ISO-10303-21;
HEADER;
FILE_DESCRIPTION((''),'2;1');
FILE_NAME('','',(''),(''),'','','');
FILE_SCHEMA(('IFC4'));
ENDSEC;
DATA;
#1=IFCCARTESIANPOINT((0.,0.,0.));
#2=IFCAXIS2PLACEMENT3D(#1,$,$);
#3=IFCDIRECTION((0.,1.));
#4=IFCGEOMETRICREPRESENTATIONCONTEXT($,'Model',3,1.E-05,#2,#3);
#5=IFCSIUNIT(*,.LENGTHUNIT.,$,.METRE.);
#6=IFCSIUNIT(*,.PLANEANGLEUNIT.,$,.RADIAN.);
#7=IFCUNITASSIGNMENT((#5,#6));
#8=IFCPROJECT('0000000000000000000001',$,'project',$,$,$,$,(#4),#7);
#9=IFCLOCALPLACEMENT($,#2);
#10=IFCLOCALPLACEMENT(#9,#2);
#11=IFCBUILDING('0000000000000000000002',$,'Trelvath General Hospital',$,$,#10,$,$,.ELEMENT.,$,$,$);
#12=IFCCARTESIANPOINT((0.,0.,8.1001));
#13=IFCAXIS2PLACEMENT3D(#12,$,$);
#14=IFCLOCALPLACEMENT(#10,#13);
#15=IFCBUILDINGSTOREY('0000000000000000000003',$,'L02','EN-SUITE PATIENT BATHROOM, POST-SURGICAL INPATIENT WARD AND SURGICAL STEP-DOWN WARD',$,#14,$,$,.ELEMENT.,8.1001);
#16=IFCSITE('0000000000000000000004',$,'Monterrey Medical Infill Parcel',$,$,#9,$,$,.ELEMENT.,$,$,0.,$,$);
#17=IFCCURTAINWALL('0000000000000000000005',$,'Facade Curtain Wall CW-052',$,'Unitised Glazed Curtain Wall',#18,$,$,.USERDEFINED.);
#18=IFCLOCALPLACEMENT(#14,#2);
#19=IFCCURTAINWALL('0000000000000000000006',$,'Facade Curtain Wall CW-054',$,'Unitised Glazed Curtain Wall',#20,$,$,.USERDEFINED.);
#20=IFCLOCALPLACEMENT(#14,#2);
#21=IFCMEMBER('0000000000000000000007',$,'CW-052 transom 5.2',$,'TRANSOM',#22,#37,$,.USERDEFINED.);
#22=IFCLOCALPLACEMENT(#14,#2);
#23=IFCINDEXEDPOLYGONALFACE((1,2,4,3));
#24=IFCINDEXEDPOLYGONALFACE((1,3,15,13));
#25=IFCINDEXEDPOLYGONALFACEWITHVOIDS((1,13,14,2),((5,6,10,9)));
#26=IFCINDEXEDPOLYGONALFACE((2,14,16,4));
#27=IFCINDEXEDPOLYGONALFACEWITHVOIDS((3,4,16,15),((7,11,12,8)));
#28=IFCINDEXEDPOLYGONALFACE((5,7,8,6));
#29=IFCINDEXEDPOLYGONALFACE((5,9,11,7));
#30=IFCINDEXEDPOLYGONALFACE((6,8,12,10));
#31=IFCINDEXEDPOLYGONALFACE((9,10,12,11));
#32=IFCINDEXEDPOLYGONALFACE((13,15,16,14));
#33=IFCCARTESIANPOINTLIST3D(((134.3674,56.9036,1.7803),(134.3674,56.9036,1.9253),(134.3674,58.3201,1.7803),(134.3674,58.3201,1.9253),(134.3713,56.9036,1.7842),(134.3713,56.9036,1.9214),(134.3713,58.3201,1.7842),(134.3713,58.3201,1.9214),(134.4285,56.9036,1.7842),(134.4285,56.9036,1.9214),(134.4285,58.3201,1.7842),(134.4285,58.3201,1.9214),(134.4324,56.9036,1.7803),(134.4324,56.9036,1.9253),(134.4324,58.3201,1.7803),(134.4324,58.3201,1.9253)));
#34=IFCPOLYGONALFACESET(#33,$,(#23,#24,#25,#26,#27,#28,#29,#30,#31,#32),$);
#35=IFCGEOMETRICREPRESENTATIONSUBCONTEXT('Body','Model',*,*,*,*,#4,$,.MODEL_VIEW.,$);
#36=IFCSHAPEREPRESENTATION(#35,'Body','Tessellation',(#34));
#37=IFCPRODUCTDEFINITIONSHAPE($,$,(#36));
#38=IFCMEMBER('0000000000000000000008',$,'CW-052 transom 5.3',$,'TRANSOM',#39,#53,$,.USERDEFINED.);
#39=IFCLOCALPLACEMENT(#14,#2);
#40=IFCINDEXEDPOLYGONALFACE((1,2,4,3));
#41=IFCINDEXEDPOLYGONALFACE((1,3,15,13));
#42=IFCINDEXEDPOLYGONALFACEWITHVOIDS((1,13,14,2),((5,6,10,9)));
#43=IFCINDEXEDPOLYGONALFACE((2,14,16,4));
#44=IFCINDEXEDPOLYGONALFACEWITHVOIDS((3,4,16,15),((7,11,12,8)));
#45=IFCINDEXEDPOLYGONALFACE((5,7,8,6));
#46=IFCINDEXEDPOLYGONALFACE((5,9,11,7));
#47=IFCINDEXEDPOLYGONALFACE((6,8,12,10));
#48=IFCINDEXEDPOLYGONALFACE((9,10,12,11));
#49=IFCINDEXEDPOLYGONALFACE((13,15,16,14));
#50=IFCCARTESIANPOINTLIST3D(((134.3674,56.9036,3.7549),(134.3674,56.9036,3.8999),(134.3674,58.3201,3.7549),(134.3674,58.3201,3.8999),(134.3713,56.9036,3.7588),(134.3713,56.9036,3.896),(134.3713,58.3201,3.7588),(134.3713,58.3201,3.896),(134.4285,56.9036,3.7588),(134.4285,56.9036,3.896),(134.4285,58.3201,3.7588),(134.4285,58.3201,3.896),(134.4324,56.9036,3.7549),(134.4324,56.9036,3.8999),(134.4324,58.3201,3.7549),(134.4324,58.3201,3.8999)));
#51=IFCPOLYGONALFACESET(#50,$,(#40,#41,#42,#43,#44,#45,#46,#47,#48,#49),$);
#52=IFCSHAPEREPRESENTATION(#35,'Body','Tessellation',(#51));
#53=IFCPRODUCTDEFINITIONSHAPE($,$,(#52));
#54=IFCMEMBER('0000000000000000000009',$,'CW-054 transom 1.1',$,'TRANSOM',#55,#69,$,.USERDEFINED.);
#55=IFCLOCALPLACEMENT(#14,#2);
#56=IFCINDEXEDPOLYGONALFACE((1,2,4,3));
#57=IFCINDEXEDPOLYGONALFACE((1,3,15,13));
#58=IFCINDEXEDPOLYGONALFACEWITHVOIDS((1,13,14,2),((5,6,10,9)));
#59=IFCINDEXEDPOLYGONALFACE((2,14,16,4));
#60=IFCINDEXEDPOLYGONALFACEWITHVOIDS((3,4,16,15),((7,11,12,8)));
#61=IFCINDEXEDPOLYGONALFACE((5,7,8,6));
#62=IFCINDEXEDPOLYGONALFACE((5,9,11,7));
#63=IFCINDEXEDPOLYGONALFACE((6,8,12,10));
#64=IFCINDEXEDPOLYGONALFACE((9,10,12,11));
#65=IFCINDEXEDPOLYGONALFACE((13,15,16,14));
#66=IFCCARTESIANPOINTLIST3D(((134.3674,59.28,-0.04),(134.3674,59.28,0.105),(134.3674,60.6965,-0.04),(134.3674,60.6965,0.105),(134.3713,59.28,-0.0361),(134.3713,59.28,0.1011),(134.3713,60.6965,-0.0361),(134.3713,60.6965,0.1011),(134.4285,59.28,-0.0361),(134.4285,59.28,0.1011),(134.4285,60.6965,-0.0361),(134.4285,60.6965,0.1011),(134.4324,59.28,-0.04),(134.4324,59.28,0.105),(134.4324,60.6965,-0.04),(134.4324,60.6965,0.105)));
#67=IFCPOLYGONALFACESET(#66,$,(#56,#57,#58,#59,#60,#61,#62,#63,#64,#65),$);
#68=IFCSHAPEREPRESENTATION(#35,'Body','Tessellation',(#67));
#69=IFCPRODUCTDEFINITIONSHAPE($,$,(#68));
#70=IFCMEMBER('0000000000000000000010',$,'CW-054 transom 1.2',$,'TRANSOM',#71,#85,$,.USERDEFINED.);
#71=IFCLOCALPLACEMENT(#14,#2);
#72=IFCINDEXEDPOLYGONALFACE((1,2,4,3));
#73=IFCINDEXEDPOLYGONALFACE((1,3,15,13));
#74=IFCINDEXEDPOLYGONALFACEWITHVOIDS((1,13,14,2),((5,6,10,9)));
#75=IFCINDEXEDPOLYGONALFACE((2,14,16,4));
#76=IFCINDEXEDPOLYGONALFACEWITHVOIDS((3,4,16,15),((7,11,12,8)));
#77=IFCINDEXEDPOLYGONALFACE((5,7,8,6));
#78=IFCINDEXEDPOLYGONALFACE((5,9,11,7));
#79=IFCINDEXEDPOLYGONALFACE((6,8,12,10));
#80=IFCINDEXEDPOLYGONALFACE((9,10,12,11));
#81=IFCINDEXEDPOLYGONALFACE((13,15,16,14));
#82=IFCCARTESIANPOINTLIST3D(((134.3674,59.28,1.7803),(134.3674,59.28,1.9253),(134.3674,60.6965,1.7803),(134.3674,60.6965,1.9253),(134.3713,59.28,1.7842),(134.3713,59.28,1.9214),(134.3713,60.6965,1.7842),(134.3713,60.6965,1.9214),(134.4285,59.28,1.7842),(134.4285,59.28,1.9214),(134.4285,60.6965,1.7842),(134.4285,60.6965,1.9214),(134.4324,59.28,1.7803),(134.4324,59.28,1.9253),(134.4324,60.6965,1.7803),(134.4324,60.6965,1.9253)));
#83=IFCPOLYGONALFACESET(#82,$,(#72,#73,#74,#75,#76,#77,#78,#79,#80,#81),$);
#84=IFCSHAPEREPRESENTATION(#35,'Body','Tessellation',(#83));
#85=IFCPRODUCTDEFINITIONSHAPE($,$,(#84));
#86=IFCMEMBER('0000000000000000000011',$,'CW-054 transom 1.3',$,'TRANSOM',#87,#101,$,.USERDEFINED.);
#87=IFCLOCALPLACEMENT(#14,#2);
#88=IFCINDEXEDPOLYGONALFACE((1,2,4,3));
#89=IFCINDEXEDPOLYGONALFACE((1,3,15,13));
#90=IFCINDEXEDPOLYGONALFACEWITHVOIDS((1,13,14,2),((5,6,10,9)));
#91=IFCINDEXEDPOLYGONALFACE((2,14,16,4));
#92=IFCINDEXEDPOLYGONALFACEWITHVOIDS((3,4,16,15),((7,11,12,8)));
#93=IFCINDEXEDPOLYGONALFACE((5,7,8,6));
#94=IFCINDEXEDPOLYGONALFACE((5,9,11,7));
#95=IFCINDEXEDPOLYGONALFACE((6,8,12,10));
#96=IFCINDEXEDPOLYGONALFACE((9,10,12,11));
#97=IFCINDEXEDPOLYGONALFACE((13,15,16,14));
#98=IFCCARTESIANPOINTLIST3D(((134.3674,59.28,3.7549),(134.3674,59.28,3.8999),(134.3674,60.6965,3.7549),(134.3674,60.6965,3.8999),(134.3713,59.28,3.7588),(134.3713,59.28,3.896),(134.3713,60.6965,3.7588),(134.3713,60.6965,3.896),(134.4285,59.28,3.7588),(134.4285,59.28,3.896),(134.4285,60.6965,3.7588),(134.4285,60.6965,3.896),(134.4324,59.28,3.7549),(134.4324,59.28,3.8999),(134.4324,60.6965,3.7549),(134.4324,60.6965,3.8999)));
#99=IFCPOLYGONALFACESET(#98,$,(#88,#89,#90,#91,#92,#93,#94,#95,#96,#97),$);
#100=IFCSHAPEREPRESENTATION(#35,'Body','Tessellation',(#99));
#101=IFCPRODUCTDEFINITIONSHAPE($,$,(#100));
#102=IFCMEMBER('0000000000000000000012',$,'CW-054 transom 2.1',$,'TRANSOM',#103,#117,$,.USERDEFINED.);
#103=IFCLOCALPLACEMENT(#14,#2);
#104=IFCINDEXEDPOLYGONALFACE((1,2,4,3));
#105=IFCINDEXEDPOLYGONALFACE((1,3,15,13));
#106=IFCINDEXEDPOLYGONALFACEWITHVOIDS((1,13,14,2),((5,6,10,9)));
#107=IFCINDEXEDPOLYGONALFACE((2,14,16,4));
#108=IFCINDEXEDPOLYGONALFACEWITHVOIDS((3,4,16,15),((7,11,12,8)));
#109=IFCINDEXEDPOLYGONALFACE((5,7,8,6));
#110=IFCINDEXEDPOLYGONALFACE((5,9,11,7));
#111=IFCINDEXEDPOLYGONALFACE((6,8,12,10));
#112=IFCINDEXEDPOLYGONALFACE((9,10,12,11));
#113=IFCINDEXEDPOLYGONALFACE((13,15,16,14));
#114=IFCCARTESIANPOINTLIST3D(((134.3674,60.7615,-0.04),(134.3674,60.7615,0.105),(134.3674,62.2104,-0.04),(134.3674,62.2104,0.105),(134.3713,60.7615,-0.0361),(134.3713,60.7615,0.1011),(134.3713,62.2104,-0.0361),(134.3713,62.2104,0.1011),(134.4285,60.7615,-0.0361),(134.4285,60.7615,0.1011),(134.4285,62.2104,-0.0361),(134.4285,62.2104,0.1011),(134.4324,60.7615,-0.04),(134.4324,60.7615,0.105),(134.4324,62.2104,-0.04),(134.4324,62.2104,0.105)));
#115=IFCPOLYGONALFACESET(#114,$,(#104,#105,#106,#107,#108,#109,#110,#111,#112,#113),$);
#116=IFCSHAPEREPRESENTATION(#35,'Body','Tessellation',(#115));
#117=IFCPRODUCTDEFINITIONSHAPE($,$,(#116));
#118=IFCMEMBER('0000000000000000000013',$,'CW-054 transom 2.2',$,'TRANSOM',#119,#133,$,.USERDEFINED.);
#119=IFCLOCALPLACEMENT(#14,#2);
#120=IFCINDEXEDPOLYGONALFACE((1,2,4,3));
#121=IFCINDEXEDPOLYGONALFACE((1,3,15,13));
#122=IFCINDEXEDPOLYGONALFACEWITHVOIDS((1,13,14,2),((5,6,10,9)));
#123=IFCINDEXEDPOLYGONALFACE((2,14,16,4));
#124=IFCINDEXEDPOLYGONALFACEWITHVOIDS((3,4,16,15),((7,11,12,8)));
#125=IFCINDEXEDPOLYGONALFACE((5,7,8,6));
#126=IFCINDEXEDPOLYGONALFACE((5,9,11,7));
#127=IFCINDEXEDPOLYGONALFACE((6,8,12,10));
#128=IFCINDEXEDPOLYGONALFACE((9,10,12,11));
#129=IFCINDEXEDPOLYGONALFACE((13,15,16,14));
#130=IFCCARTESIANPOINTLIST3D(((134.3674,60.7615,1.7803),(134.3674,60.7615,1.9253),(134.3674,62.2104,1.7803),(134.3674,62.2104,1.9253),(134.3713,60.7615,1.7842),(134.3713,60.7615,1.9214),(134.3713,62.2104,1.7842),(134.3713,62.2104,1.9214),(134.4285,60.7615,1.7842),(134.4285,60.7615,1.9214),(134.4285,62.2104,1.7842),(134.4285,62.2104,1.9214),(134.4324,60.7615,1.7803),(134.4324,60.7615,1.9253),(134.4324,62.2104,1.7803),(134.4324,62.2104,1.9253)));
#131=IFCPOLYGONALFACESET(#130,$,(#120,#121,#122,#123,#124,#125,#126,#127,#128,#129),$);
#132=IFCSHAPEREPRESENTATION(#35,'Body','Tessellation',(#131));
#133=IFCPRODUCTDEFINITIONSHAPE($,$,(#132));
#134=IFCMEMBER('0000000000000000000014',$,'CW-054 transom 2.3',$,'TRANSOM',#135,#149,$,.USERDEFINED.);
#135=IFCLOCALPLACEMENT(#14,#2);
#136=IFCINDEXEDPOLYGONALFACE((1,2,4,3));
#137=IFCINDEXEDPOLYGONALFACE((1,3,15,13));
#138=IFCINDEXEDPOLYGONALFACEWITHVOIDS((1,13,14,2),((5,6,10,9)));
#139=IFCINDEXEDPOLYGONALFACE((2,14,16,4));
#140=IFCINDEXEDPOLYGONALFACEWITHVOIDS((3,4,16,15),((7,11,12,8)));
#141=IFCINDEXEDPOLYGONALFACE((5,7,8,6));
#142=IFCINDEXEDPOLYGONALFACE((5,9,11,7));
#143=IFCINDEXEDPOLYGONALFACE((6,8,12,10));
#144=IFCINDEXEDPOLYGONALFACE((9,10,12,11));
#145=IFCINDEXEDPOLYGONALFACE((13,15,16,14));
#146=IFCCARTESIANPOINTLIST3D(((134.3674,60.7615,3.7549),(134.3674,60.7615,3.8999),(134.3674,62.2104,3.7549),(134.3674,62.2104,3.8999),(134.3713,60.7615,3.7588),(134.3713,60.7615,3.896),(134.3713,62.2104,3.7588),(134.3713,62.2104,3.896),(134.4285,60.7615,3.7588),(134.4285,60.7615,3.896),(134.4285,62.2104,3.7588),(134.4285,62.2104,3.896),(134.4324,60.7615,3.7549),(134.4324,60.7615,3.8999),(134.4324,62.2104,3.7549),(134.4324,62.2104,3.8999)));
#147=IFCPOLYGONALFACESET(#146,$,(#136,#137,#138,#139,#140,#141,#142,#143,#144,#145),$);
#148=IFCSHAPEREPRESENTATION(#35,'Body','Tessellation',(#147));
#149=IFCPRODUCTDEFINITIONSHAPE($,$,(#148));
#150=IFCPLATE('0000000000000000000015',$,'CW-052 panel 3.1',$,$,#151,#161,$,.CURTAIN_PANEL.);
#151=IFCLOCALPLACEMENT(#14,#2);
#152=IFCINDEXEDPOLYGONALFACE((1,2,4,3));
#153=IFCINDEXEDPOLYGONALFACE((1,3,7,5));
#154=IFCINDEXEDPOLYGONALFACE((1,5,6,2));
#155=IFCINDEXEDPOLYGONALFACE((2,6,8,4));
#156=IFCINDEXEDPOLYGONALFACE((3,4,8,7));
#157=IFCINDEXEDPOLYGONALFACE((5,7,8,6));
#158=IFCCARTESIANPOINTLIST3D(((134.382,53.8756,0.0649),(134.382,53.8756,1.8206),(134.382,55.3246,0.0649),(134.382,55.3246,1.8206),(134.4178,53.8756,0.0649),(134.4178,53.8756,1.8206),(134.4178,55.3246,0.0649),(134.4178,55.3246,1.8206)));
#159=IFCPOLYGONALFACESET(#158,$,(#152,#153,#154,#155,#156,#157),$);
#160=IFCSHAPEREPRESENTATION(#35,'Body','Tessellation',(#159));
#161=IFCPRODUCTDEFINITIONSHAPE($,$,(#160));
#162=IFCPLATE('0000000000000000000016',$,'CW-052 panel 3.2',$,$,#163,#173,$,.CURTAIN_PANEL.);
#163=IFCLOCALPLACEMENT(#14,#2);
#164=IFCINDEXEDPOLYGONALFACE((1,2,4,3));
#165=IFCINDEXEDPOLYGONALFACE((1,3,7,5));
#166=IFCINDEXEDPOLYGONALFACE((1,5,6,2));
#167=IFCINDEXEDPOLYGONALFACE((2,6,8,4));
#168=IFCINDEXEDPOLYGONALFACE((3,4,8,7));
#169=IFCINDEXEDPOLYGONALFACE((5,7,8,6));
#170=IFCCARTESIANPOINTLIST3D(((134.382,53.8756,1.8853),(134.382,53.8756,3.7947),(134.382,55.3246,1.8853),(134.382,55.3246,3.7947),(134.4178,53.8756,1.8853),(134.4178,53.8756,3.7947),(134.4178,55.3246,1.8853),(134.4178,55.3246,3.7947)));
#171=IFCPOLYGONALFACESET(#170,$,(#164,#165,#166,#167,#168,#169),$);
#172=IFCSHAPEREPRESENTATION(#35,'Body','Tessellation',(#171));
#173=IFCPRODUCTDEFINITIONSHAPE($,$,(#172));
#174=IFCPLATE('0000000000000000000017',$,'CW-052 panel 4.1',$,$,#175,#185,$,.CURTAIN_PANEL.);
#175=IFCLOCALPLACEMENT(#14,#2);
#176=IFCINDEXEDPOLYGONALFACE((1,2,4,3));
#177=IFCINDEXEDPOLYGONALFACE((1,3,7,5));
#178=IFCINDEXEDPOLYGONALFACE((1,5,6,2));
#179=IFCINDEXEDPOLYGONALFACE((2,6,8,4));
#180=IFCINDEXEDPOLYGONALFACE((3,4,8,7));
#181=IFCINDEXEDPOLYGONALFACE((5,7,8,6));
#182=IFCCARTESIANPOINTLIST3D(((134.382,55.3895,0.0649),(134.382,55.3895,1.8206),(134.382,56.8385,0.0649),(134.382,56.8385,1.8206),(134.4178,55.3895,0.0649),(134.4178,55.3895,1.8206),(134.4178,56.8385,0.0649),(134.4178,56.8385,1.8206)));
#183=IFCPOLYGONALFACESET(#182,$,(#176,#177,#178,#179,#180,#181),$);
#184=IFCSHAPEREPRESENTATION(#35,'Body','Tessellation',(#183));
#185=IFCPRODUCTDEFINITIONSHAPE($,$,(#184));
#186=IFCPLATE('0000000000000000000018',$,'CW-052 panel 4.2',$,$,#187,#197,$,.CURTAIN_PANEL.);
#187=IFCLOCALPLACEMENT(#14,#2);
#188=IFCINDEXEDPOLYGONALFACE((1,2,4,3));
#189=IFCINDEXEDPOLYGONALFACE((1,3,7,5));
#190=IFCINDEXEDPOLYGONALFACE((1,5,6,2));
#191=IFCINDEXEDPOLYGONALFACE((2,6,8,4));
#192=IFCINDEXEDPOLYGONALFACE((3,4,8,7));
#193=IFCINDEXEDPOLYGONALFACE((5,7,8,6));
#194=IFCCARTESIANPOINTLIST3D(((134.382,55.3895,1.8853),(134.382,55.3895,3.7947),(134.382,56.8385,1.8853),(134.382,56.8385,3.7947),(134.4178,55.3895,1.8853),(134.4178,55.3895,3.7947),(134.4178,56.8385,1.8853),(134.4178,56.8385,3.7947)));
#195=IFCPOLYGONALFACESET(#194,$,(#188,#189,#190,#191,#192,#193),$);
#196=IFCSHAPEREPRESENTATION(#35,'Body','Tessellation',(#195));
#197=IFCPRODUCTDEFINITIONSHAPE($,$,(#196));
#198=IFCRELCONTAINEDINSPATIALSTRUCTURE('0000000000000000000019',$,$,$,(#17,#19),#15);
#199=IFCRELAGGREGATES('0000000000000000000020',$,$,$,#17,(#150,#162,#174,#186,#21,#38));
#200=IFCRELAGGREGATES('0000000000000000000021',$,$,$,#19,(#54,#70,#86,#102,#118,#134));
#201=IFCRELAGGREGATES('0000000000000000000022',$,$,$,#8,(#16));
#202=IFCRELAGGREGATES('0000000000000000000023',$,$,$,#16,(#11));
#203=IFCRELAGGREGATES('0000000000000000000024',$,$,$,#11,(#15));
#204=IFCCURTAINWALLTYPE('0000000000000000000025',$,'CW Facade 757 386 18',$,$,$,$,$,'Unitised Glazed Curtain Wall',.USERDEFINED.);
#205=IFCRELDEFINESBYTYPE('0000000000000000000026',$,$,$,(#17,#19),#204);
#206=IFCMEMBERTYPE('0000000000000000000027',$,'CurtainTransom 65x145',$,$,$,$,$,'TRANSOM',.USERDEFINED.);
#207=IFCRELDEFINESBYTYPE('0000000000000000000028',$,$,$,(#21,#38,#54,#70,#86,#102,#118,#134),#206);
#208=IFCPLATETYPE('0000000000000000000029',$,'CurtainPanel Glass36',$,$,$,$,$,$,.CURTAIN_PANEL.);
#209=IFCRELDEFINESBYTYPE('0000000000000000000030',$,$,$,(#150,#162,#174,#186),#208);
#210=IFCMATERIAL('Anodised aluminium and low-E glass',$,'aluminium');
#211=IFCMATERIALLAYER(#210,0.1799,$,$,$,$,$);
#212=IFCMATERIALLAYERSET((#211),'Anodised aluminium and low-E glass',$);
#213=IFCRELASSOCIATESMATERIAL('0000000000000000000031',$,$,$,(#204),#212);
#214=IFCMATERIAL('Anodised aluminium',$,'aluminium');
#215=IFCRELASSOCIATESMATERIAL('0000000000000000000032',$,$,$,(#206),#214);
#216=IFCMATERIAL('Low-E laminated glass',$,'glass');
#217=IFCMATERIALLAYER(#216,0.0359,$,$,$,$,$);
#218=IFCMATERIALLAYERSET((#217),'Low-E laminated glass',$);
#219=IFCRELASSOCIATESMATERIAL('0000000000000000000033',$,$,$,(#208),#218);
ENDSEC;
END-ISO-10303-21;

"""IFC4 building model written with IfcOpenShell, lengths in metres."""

from ifc_helpers import new_model, si_unit, direction, frame, origin, origin_2d, place, context, subcontext, project, spatial, rectangle, hollow_rectangle, extrude, material, layer, layer_set, material_profile, profile_set, type_object, element, aggregate, save


model = new_model("IFC4")

# Units and contexts
model_context = context("Model", 3, precision=1e-05, world=origin(), true_north=direction((0.0, 1.0)))
body_context = subcontext(model_context, "Body", "Model", "MODEL_VIEW")
ifc_project = project(units=[si_unit("LENGTHUNIT", "METRE"), si_unit("PLANEANGLEUNIT", "RADIAN")], contexts=[model_context])

# Site, building, storey
site_placement = place(None, origin())
site = spatial("IfcSite", under=ifc_project, at=site_placement, Name="Monterrey Medical Infill Parcel", CompositionType="ELEMENT", RefElevation=0.0)
building_placement = place(site_placement, origin())
building = spatial("IfcBuilding", under=site, at=building_placement, Name="Trelvath General Hospital", CompositionType="ELEMENT")
storey_placement = place(building_placement, frame((0.0, 0.0, 8.1001)))
storey = spatial("IfcBuildingStorey", under=building, at=storey_placement, Name="L02", Description="EN-SUITE PATIENT BATHROOM, POST-SURGICAL INPATIENT WARD AND SURGICAL STEP-DOWN WARD", CompositionType="ELEMENT", Elevation=8.1001)

# Curtain walls
ifc_material_1 = material(Name="Anodised aluminium and low-E glass", Category="aluminium")
ifc_layer_1 = layer(ifc_material_1, 0.1799)
ifc_layer_set_1 = layer_set([ifc_layer_1], Name="Anodised aluminium and low-E glass")
curtain_wall_type = type_object("IfcCurtainWallType", Name="CW Facade 757 386 18", ElementType="Unitised Glazed Curtain Wall", PredefinedType="USERDEFINED", material=ifc_layer_set_1)
curtain_wall_1_placement = place(storey_placement, origin())
curtain_wall_1 = element("IfcCurtainWall", 1, at=curtain_wall_1_placement, inside=storey, type_object=curtain_wall_type, Name="Facade Curtain Wall CW-052", ObjectType="Unitised Glazed Curtain Wall", PredefinedType="USERDEFINED")
curtain_wall_2_placement = place(storey_placement, origin())
curtain_wall_2 = element("IfcCurtainWall", 2, at=curtain_wall_2_placement, inside=storey, type_object=curtain_wall_type, Name="Facade Curtain Wall CW-054", ObjectType="Unitised Glazed Curtain Wall", PredefinedType="USERDEFINED")

# Members
ifc_material_2 = material(Name="Anodised aluminium", Category="aluminium")
ifc_material_profile_1 = material_profile(ifc_material_2, hollow_rectangle(XDim=0.0649, YDim=0.145, WallThickness=0.0039, at=origin_2d()), Name="RHS65x145x4")
ifc_profile_set_1 = profile_set([ifc_material_profile_1], Name="Anodised aluminium")
member_type_1 = type_object("IfcMemberType", Name="CurtainTransom 65x145", ElementType="TRANSOM", PredefinedType="USERDEFINED", material=ifc_profile_set_1)
member_1_placement = place(storey_placement, frame((134.3999, 56.9036, 1.8528), z_axis=(0.0, 1.0, 0.0), x_axis=(-1.0, 0.0, 0.0)))
member_1 = element("IfcMember", 3, at=member_1_placement, type_object=member_type_1, Name="CW-052 transom 5.2", ObjectType="TRANSOM", PredefinedType="USERDEFINED", context=body_context, shape_type="SweptSolid", body=[
    extrude(hollow_rectangle(XDim=0.0649, YDim=0.145, WallThickness=0.0039, at=origin_2d()), origin(), (0.0, 0.0, 1.0), 1.4165),
])
member_2_placement = place(storey_placement, frame((134.3999, 56.9036, 3.8274), z_axis=(0.0, 1.0, 0.0), x_axis=(-1.0, 0.0, 0.0)))
member_2 = element("IfcMember", 4, at=member_2_placement, type_object=member_type_1, Name="CW-052 transom 5.3", ObjectType="TRANSOM", PredefinedType="USERDEFINED", context=body_context, shape_type="SweptSolid", body=[
    extrude(hollow_rectangle(XDim=0.0649, YDim=0.145, WallThickness=0.0039, at=origin_2d()), origin(), (0.0, 0.0, 1.0), 1.4165),
])
member_3_placement = place(storey_placement, frame((134.3999, 59.28, 0.0325), z_axis=(0.0, 1.0, 0.0), x_axis=(-1.0, 0.0, 0.0)))
member_3 = element("IfcMember", 5, at=member_3_placement, type_object=member_type_1, Name="CW-054 transom 1.1", ObjectType="TRANSOM", PredefinedType="USERDEFINED", context=body_context, shape_type="SweptSolid", body=[
    extrude(hollow_rectangle(XDim=0.0649, YDim=0.145, WallThickness=0.0039, at=origin_2d()), origin(), (0.0, 0.0, 1.0), 1.4165),
])
member_4_placement = place(storey_placement, frame((134.3999, 59.28, 1.8528), z_axis=(0.0, 1.0, 0.0), x_axis=(-1.0, 0.0, 0.0)))
member_4 = element("IfcMember", 6, at=member_4_placement, type_object=member_type_1, Name="CW-054 transom 1.2", ObjectType="TRANSOM", PredefinedType="USERDEFINED", context=body_context, shape_type="SweptSolid", body=[
    extrude(hollow_rectangle(XDim=0.0649, YDim=0.145, WallThickness=0.0039, at=origin_2d()), origin(), (0.0, 0.0, 1.0), 1.4165),
])
member_5_placement = place(storey_placement, frame((134.3999, 59.28, 3.8274), z_axis=(0.0, 1.0, 0.0), x_axis=(-1.0, 0.0, 0.0)))
member_5 = element("IfcMember", 7, at=member_5_placement, type_object=member_type_1, Name="CW-054 transom 1.3", ObjectType="TRANSOM", PredefinedType="USERDEFINED", context=body_context, shape_type="SweptSolid", body=[
    extrude(hollow_rectangle(XDim=0.0649, YDim=0.145, WallThickness=0.0039, at=origin_2d()), origin(), (0.0, 0.0, 1.0), 1.4165),
])
member_6_placement = place(storey_placement, frame((134.3999, 60.7615, 0.0325), z_axis=(0.0, 1.0, 0.0), x_axis=(-1.0, 0.0, 0.0)))
member_6 = element("IfcMember", 8, at=member_6_placement, type_object=member_type_1, Name="CW-054 transom 2.1", ObjectType="TRANSOM", PredefinedType="USERDEFINED", context=body_context, shape_type="SweptSolid", body=[
    extrude(hollow_rectangle(XDim=0.0649, YDim=0.145, WallThickness=0.0039, at=origin_2d()), origin(), (0.0, 0.0, 1.0), 1.449),
])
member_7_placement = place(storey_placement, frame((134.3999, 60.7615, 1.8528), z_axis=(0.0, 1.0, 0.0), x_axis=(-1.0, 0.0, 0.0)))
member_7 = element("IfcMember", 9, at=member_7_placement, type_object=member_type_1, Name="CW-054 transom 2.2", ObjectType="TRANSOM", PredefinedType="USERDEFINED", context=body_context, shape_type="SweptSolid", body=[
    extrude(hollow_rectangle(XDim=0.0649, YDim=0.145, WallThickness=0.0039, at=origin_2d()), origin(), (0.0, 0.0, 1.0), 1.449),
])
member_8_placement = place(storey_placement, frame((134.3999, 60.7615, 3.8274), z_axis=(0.0, 1.0, 0.0), x_axis=(-1.0, 0.0, 0.0)))
member_8 = element("IfcMember", 10, at=member_8_placement, type_object=member_type_1, Name="CW-054 transom 2.3", ObjectType="TRANSOM", PredefinedType="USERDEFINED", context=body_context, shape_type="SweptSolid", body=[
    extrude(hollow_rectangle(XDim=0.0649, YDim=0.145, WallThickness=0.0039, at=origin_2d()), origin(), (0.0, 0.0, 1.0), 1.449),
])

# Plates
ifc_material_3 = material(Name="Low-E laminated glass", Category="glass")
ifc_layer_2 = layer(ifc_material_3, 0.0359)
ifc_layer_set_2 = layer_set([ifc_layer_2], Name="Low-E laminated glass")
plate_type = type_object("IfcPlateType", Name="CurtainPanel Glass36", PredefinedType="CURTAIN_PANEL", material=ifc_layer_set_2)
plate_1_placement = place(storey_placement, frame((134.3999, 54.6001, 0.0649), z_axis=(0.0, 0.0, 1.0), x_axis=(0.0, 1.0, 0.0)))
plate_1 = element("IfcPlate", 11, at=plate_1_placement, type_object=plate_type, Name="CW-052 panel 3.1", PredefinedType="CURTAIN_PANEL", context=body_context, shape_type="SweptSolid", body=[
    extrude(rectangle(XDim=1.449, YDim=0.0359, at=origin_2d()), origin(), (0.0, 0.0, 1.0), 1.7556),
])
plate_2_placement = place(storey_placement, frame((134.3999, 54.6001, 1.8853), z_axis=(0.0, 0.0, 1.0), x_axis=(0.0, 1.0, 0.0)))
plate_2 = element("IfcPlate", 12, at=plate_2_placement, type_object=plate_type, Name="CW-052 panel 3.2", PredefinedType="CURTAIN_PANEL", context=body_context, shape_type="SweptSolid", body=[
    extrude(rectangle(XDim=1.449, YDim=0.0359, at=origin_2d()), origin(), (0.0, 0.0, 1.0), 1.9094),
])
plate_3_placement = place(storey_placement, frame((134.3999, 56.114, 0.0649), z_axis=(0.0, 0.0, 1.0), x_axis=(0.0, 1.0, 0.0)))
plate_3 = element("IfcPlate", 13, at=plate_3_placement, type_object=plate_type, Name="CW-052 panel 4.1", PredefinedType="CURTAIN_PANEL", context=body_context, shape_type="SweptSolid", body=[
    extrude(rectangle(XDim=1.449, YDim=0.0359, at=origin_2d()), origin(), (0.0, 0.0, 1.0), 1.7556),
])
plate_4_placement = place(storey_placement, frame((134.3999, 56.114, 1.8853), z_axis=(0.0, 0.0, 1.0), x_axis=(0.0, 1.0, 0.0)))
plate_4 = element("IfcPlate", 14, at=plate_4_placement, type_object=plate_type, Name="CW-052 panel 4.2", PredefinedType="CURTAIN_PANEL", context=body_context, shape_type="SweptSolid", body=[
    extrude(rectangle(XDim=1.449, YDim=0.0359, at=origin_2d()), origin(), (0.0, 0.0, 1.0), 1.9094),
])
aggregate(curtain_wall_1, [plate_1, plate_2, plate_3, plate_4, member_1, member_2])
aggregate(curtain_wall_2, [member_3, member_4, member_5, member_6, member_7, member_8])

save(model, "model.ifc")
